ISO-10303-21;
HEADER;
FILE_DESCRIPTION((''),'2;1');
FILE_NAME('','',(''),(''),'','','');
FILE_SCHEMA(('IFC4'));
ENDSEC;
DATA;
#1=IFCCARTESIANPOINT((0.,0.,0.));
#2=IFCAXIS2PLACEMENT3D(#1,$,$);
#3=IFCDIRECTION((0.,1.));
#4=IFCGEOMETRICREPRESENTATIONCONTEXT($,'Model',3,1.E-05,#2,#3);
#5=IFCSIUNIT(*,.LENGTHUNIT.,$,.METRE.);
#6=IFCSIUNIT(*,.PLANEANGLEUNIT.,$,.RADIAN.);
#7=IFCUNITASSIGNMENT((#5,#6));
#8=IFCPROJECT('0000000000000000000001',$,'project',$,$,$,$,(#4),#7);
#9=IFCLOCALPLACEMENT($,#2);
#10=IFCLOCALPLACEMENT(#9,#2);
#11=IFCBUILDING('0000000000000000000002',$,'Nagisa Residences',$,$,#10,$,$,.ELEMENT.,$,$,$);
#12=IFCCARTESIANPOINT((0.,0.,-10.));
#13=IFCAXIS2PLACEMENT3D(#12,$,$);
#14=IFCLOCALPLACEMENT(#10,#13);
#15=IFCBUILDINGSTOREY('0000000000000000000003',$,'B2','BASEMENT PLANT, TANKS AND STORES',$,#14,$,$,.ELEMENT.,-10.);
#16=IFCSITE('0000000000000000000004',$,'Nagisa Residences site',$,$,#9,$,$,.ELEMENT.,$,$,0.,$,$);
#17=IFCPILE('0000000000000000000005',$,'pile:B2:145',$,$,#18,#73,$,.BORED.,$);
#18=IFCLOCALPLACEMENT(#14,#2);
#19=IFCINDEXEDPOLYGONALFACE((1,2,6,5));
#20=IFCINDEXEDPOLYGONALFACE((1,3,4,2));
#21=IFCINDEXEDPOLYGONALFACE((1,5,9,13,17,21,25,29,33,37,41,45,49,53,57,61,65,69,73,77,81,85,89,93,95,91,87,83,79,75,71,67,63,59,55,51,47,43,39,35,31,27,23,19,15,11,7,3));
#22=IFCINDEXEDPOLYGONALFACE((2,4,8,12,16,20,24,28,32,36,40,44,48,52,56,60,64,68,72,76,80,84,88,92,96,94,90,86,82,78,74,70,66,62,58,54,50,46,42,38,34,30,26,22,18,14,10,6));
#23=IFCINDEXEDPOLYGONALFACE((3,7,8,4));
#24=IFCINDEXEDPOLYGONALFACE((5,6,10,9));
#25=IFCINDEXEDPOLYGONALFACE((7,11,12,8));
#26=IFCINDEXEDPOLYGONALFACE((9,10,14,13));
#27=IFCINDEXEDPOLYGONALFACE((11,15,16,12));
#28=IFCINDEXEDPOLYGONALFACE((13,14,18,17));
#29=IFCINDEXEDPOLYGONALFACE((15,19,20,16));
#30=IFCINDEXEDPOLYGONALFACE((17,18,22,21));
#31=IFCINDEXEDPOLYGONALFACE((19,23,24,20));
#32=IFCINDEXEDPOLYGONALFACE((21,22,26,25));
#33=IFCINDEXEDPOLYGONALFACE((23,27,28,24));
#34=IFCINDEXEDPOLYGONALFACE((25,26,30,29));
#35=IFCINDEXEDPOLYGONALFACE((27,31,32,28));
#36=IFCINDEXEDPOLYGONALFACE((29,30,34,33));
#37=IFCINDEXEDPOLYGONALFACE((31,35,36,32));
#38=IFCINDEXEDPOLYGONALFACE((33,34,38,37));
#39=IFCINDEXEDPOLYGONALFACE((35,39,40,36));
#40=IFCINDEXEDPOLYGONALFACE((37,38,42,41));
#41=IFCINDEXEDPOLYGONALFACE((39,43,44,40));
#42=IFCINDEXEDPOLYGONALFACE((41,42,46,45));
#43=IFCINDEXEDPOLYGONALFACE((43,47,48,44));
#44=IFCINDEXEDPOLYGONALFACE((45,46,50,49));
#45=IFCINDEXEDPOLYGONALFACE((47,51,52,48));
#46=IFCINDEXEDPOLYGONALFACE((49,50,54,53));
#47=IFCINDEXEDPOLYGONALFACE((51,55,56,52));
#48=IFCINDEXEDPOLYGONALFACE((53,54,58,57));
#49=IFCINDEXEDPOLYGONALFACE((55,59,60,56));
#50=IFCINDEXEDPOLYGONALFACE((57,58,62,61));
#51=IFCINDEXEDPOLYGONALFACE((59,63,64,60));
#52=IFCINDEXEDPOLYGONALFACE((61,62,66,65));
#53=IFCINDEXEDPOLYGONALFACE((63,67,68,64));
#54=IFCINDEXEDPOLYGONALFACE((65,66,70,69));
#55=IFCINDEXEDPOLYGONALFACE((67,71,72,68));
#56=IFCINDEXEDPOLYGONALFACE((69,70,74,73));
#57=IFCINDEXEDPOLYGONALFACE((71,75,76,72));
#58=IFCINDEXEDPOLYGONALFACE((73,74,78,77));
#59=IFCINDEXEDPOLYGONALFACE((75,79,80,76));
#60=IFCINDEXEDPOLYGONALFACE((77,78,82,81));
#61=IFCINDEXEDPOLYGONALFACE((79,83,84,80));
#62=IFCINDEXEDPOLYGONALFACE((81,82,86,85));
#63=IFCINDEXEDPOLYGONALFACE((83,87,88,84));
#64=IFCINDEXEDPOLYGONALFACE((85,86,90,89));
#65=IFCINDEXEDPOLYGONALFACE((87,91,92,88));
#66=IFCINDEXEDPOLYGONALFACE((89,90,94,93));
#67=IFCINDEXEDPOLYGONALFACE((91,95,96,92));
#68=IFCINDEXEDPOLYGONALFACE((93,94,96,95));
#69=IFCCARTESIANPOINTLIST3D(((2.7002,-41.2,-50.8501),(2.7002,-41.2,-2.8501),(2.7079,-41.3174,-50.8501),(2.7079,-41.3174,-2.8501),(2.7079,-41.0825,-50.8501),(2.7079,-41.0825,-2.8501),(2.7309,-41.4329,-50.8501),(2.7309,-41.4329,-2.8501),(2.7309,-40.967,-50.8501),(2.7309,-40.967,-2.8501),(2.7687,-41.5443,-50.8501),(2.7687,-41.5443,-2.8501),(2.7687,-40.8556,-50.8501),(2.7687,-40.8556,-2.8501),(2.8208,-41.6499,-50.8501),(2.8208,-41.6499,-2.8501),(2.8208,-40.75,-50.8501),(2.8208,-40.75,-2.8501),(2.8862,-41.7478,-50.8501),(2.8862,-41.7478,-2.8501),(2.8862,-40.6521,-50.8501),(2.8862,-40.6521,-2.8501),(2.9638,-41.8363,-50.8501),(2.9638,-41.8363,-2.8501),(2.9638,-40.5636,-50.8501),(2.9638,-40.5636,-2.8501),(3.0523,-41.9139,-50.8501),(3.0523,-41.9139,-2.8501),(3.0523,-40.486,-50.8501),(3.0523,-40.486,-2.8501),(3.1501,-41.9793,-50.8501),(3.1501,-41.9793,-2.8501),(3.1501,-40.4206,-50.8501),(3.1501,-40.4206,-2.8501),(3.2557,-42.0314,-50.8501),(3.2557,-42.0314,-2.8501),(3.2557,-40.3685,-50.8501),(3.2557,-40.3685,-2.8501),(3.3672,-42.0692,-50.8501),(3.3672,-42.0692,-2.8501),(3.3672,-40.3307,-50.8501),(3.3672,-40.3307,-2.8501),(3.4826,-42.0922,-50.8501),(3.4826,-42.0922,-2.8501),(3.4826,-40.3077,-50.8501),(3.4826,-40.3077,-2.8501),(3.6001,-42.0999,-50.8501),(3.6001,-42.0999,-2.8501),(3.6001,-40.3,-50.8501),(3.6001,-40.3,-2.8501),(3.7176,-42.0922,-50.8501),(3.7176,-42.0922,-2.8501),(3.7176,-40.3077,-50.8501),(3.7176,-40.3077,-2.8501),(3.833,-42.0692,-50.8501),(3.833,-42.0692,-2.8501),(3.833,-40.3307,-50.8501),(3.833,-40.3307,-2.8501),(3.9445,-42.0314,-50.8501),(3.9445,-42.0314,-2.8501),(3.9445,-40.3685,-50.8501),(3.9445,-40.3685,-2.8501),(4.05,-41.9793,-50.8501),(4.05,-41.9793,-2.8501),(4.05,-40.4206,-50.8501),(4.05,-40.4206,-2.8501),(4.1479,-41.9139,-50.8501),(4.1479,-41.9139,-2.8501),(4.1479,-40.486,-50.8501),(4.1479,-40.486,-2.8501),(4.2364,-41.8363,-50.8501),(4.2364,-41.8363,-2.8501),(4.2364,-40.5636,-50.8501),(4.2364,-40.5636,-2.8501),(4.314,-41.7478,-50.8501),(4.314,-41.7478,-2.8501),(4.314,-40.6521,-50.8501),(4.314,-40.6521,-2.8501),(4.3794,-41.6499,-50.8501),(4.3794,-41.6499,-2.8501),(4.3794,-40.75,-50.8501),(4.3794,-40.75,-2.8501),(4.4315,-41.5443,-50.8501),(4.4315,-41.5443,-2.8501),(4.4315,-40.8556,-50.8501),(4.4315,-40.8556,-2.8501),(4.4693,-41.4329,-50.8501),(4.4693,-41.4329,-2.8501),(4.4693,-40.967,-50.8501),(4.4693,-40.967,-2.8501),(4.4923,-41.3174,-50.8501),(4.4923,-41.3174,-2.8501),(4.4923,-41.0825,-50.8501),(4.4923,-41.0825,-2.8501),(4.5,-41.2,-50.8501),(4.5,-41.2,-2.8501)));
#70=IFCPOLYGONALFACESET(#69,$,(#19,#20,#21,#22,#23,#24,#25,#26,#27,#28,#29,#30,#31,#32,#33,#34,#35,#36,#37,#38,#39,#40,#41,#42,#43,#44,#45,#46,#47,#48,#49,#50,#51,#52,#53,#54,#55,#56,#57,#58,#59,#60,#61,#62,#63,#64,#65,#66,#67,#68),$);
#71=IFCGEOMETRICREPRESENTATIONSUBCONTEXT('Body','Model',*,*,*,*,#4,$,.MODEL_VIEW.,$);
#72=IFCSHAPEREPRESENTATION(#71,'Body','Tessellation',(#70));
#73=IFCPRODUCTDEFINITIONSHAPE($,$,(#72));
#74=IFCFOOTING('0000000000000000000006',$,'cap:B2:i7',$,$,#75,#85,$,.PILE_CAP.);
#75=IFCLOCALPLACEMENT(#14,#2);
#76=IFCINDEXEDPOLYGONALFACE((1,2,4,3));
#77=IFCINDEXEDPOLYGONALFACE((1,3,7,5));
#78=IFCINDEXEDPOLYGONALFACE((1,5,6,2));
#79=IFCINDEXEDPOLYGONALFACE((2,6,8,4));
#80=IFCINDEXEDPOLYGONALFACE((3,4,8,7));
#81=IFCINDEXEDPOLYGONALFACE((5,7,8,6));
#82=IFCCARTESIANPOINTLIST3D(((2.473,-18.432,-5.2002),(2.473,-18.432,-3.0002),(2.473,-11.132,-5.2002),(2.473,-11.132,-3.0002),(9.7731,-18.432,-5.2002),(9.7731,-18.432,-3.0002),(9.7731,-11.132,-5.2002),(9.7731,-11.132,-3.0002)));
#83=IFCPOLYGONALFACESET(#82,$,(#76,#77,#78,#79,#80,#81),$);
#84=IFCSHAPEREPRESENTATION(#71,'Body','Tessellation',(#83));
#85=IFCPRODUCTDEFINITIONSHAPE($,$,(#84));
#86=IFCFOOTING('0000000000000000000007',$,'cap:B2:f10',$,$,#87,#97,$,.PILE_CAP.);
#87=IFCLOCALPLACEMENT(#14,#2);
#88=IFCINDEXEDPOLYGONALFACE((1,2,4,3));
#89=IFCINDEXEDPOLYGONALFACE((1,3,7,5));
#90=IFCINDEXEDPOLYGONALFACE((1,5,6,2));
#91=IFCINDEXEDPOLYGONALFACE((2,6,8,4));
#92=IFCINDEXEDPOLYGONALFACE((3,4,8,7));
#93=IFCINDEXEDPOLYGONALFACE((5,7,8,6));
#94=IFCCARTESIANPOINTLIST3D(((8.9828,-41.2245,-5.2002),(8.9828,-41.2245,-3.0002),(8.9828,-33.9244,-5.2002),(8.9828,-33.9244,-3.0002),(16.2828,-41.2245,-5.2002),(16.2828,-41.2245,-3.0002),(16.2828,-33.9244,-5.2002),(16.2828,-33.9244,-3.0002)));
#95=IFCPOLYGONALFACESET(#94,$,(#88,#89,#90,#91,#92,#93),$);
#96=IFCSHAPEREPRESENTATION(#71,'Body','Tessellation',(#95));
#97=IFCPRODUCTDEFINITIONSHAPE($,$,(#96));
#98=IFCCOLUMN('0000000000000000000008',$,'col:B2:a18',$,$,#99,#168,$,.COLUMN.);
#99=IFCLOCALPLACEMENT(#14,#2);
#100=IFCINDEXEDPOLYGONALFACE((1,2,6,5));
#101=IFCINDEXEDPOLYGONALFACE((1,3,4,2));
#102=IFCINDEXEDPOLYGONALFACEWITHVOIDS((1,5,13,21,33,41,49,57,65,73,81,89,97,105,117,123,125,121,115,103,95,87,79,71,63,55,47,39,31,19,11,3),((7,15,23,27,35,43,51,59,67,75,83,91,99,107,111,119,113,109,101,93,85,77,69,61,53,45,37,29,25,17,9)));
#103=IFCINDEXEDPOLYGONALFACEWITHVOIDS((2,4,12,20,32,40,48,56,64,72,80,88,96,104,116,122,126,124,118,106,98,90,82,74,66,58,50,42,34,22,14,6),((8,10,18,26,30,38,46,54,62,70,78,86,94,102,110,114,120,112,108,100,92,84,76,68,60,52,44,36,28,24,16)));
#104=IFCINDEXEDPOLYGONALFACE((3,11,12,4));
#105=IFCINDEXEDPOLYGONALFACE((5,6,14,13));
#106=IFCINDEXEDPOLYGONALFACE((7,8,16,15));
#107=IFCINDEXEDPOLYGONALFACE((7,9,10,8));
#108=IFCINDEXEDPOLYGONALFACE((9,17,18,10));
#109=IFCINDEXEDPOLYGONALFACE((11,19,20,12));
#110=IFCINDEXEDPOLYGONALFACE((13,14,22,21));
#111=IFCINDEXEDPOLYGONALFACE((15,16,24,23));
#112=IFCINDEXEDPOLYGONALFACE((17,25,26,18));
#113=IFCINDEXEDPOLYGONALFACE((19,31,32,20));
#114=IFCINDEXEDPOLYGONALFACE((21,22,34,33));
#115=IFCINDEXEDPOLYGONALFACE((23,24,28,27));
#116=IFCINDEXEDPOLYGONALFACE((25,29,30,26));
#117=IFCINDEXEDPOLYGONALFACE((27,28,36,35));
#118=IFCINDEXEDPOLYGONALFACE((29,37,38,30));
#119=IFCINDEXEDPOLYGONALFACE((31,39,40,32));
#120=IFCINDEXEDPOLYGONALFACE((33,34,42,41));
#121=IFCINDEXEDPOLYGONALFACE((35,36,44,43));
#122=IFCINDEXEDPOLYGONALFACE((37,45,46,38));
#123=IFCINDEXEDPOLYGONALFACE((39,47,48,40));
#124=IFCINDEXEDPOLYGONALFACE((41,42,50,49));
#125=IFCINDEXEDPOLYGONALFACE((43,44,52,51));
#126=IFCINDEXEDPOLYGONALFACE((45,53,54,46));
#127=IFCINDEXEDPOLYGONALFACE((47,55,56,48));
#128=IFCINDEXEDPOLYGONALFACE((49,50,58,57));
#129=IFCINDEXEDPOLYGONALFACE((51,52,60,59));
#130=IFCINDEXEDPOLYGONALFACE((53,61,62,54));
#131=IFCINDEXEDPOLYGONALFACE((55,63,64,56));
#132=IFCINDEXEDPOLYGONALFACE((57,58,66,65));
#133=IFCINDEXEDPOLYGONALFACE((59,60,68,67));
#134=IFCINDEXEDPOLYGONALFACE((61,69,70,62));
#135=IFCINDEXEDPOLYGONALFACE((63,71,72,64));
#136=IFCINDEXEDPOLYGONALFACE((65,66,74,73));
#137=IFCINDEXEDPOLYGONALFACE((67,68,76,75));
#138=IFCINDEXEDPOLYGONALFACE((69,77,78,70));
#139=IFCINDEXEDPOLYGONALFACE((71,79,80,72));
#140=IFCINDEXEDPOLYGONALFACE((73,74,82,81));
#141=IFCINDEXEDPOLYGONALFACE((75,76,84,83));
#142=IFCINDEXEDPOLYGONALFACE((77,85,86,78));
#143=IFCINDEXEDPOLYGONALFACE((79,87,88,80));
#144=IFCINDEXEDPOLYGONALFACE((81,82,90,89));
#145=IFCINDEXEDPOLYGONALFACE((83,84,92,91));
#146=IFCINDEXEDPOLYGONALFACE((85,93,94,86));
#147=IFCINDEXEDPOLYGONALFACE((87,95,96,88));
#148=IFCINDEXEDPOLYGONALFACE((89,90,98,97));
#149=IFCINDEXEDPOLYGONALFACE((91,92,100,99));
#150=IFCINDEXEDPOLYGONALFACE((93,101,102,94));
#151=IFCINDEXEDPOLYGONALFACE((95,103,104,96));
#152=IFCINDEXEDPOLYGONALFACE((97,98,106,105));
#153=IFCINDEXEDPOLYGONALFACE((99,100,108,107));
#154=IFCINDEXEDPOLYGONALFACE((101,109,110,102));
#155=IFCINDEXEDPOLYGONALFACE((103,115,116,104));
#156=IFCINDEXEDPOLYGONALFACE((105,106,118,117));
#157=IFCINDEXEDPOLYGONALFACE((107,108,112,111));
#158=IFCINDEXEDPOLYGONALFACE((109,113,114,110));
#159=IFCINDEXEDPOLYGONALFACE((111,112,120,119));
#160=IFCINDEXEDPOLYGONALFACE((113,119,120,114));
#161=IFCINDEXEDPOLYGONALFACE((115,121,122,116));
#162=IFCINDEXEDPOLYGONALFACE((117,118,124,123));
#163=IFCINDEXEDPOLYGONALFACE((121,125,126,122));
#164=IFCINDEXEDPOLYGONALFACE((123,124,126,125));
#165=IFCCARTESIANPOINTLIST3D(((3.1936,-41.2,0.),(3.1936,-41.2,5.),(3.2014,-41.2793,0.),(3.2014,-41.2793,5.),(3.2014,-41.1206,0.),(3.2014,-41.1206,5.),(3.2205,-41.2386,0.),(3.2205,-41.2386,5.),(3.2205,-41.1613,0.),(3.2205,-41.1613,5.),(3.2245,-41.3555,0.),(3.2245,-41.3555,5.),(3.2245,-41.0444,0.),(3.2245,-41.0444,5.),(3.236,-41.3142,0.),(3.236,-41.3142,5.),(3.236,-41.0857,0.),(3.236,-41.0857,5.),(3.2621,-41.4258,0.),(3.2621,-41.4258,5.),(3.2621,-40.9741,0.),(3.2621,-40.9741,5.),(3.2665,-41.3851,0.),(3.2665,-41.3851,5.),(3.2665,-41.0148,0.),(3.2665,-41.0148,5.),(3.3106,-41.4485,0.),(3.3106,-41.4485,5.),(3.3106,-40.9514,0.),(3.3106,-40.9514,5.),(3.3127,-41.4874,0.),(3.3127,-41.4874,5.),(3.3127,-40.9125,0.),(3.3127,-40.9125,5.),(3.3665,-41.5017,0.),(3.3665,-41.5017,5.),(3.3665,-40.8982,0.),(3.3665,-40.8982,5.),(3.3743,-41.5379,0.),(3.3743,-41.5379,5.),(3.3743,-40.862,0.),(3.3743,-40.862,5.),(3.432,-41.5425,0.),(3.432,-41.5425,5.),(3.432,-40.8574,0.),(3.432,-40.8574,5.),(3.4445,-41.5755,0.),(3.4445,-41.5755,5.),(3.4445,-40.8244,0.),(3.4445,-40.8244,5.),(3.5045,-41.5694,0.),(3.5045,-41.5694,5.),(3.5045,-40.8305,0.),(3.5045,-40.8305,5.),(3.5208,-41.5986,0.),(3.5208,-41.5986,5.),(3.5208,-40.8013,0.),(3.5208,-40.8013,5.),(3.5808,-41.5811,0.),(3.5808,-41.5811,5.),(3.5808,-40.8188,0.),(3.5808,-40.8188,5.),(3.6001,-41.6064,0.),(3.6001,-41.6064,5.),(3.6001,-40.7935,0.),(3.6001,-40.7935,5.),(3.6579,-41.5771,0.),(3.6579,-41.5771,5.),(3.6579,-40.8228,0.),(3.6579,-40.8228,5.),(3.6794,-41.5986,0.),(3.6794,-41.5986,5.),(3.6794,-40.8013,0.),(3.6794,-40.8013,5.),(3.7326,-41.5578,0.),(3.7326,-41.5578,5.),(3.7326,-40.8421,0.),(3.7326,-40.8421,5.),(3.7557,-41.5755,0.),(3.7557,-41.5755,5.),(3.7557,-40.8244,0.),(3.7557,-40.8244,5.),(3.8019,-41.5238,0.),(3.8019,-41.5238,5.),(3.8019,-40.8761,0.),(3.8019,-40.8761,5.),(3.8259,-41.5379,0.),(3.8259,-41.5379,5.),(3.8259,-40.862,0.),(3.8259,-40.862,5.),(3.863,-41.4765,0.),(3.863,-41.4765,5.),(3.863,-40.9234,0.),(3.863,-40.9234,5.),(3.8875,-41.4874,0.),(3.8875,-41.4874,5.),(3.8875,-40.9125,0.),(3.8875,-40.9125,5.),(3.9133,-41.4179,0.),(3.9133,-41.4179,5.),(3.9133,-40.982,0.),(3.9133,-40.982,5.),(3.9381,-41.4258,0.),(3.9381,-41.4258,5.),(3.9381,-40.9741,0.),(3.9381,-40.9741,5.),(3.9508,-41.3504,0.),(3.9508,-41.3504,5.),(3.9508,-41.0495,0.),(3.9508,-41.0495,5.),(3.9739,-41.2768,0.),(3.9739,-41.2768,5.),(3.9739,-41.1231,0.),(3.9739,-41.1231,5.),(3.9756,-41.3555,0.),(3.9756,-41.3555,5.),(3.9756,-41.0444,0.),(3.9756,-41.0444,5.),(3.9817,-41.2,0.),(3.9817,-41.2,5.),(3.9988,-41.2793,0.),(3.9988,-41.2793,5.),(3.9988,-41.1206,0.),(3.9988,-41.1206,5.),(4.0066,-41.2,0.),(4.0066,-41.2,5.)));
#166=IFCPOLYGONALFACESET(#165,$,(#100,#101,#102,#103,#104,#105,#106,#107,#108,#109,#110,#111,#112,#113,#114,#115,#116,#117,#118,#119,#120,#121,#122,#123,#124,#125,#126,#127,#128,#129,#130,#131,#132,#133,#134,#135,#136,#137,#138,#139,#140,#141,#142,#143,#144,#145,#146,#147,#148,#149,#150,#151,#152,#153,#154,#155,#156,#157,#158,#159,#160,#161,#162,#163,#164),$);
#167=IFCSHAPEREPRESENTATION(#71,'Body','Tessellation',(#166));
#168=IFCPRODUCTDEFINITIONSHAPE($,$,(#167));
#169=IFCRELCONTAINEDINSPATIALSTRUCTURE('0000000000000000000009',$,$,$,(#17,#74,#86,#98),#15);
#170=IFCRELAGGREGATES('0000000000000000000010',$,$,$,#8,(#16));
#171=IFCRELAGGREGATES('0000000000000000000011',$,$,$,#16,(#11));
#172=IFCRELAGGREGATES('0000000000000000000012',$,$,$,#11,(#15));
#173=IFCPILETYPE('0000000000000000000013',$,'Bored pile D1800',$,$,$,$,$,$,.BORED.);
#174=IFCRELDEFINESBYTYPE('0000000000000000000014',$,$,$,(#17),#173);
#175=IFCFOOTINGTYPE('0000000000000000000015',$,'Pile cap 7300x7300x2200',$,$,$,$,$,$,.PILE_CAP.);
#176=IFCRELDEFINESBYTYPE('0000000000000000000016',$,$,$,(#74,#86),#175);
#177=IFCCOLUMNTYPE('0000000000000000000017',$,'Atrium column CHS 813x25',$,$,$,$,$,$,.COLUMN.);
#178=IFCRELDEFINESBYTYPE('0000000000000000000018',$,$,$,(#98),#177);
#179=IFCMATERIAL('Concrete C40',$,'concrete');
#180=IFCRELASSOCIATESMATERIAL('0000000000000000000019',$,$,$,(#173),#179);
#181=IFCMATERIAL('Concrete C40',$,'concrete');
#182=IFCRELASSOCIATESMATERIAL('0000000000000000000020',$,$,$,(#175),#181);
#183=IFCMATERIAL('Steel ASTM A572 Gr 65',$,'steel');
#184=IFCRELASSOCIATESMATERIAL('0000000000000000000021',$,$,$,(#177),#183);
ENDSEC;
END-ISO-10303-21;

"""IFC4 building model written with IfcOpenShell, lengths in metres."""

from ifc_helpers import new_model, si_unit, direction, frame, origin, origin_2d, place, context, subcontext, project, spatial, rectangle, circle, hollow_circle, extrude, material, material_profile, profile_set, type_object, element, save


model = new_model("IFC4")

# Units and contexts
model_context = context("Model", 3, precision=1e-05, world=origin(), true_north=direction((0.0, 1.0)))
body_context = subcontext(model_context, "Body", "Model", "MODEL_VIEW")
ifc_project = project(units=[si_unit("LENGTHUNIT", "METRE"), si_unit("PLANEANGLEUNIT", "RADIAN")], contexts=[model_context])

# Site, building, storey
site_placement = place(None, origin())
site = spatial("IfcSite", under=ifc_project, at=site_placement, Name="Nagisa Residences site", CompositionType="ELEMENT", RefElevation=0.0)
building_placement = place(site_placement, origin())
building = spatial("IfcBuilding", under=site, at=building_placement, Name="Nagisa Residences", CompositionType="ELEMENT")
storey_placement = place(building_placement, frame((0.0, 0.0, -10.0)))
storey = spatial("IfcBuildingStorey", under=building, at=storey_placement, Name="B2", Description="BASEMENT PLANT, TANKS AND STORES", CompositionType="ELEMENT", Elevation=-10.0)

# Pile
ifc_material_1 = material(Name="Concrete C40", Category="concrete")
ifc_material_profile_1 = material_profile(ifc_material_1, circle(Radius=0.8999, at=origin_2d()), Name="Bored pile D1800")
ifc_profile_set_1 = profile_set([ifc_material_profile_1], Name="Concrete C40")
pile_type = type_object("IfcPileType", Name="Bored pile D1800", PredefinedType="BORED", material=ifc_profile_set_1)
for number, where, z_axis, x_axis, name in (
    (1, (3.6001, -41.2, -2.8501), (0.0, 0.0, -1.0), (1.0, 0.0, 0.0), "pile:B2:145"),
):
    element("IfcPile", number, at=place(storey_placement, frame(where, z_axis=z_axis, x_axis=x_axis)), inside=storey, type_object=pile_type, Name=name, PredefinedType="BORED", context=body_context, shape_type="SweptSolid", body=[
        extrude(circle(Radius=0.8999, at=origin_2d()), origin(), (0.0, 0.0, 1.0), 48.0),
    ])

# Footings
ifc_material_2 = material(Name="Concrete C40", Category="concrete")
footing_type = type_object("IfcFootingType", Name="Pile cap 7300x7300x2200", PredefinedType="PILE_CAP", material=ifc_material_2)
for number, where, z_axis, x_axis, name in (
    (2, (6.123, -14.782, -5.2002), (0.0, 0.0, 1.0), (1.0, 0.0, 0.0), "cap:B2:i7"),
    (3, (12.6328, -37.5745, -5.2002), (0.0, 0.0, 1.0), (1.0, 0.0, 0.0), "cap:B2:f10"),
):
    element("IfcFooting", number, at=place(storey_placement, frame(where, z_axis=z_axis, x_axis=x_axis)), inside=storey, type_object=footing_type, Name=name, PredefinedType="PILE_CAP", context=body_context, shape_type="SweptSolid", body=[
        extrude(rectangle(XDim=7.3, YDim=7.3, at=origin_2d()), origin(), (0.0, 0.0, 1.0), 2.2),
    ])

# Column
ifc_material_3 = material(Name="Steel ASTM A572 Gr 65", Category="steel")
ifc_material_profile_2 = material_profile(ifc_material_3, hollow_circle(Radius=0.4065, WallThickness=0.0249, at=origin_2d()), Name="CHS 813x25")
ifc_profile_set_2 = profile_set([ifc_material_profile_2], Name="Steel ASTM A572 Gr 65")
column_type_1 = type_object("IfcColumnType", Name="Atrium column CHS 813x25", PredefinedType="COLUMN", material=ifc_profile_set_2)
for number, where, z_axis, x_axis, name in (
    (4, (3.6001, -41.2, 0.0), (0.0, 0.0, 1.0), (1.0, 0.0, 0.0), "col:B2:a18"),
):
    element("IfcColumn", number, at=place(storey_placement, frame(where, z_axis=z_axis, x_axis=x_axis)), inside=storey, type_object=column_type_1, Name=name, PredefinedType="COLUMN", context=body_context, shape_type="SweptSolid", body=[
        extrude(hollow_circle(Radius=0.4065, WallThickness=0.0249, at=origin_2d()), origin(), (0.0, 0.0, 1.0), 5.0),
    ])

save(model, "model.ifc")
